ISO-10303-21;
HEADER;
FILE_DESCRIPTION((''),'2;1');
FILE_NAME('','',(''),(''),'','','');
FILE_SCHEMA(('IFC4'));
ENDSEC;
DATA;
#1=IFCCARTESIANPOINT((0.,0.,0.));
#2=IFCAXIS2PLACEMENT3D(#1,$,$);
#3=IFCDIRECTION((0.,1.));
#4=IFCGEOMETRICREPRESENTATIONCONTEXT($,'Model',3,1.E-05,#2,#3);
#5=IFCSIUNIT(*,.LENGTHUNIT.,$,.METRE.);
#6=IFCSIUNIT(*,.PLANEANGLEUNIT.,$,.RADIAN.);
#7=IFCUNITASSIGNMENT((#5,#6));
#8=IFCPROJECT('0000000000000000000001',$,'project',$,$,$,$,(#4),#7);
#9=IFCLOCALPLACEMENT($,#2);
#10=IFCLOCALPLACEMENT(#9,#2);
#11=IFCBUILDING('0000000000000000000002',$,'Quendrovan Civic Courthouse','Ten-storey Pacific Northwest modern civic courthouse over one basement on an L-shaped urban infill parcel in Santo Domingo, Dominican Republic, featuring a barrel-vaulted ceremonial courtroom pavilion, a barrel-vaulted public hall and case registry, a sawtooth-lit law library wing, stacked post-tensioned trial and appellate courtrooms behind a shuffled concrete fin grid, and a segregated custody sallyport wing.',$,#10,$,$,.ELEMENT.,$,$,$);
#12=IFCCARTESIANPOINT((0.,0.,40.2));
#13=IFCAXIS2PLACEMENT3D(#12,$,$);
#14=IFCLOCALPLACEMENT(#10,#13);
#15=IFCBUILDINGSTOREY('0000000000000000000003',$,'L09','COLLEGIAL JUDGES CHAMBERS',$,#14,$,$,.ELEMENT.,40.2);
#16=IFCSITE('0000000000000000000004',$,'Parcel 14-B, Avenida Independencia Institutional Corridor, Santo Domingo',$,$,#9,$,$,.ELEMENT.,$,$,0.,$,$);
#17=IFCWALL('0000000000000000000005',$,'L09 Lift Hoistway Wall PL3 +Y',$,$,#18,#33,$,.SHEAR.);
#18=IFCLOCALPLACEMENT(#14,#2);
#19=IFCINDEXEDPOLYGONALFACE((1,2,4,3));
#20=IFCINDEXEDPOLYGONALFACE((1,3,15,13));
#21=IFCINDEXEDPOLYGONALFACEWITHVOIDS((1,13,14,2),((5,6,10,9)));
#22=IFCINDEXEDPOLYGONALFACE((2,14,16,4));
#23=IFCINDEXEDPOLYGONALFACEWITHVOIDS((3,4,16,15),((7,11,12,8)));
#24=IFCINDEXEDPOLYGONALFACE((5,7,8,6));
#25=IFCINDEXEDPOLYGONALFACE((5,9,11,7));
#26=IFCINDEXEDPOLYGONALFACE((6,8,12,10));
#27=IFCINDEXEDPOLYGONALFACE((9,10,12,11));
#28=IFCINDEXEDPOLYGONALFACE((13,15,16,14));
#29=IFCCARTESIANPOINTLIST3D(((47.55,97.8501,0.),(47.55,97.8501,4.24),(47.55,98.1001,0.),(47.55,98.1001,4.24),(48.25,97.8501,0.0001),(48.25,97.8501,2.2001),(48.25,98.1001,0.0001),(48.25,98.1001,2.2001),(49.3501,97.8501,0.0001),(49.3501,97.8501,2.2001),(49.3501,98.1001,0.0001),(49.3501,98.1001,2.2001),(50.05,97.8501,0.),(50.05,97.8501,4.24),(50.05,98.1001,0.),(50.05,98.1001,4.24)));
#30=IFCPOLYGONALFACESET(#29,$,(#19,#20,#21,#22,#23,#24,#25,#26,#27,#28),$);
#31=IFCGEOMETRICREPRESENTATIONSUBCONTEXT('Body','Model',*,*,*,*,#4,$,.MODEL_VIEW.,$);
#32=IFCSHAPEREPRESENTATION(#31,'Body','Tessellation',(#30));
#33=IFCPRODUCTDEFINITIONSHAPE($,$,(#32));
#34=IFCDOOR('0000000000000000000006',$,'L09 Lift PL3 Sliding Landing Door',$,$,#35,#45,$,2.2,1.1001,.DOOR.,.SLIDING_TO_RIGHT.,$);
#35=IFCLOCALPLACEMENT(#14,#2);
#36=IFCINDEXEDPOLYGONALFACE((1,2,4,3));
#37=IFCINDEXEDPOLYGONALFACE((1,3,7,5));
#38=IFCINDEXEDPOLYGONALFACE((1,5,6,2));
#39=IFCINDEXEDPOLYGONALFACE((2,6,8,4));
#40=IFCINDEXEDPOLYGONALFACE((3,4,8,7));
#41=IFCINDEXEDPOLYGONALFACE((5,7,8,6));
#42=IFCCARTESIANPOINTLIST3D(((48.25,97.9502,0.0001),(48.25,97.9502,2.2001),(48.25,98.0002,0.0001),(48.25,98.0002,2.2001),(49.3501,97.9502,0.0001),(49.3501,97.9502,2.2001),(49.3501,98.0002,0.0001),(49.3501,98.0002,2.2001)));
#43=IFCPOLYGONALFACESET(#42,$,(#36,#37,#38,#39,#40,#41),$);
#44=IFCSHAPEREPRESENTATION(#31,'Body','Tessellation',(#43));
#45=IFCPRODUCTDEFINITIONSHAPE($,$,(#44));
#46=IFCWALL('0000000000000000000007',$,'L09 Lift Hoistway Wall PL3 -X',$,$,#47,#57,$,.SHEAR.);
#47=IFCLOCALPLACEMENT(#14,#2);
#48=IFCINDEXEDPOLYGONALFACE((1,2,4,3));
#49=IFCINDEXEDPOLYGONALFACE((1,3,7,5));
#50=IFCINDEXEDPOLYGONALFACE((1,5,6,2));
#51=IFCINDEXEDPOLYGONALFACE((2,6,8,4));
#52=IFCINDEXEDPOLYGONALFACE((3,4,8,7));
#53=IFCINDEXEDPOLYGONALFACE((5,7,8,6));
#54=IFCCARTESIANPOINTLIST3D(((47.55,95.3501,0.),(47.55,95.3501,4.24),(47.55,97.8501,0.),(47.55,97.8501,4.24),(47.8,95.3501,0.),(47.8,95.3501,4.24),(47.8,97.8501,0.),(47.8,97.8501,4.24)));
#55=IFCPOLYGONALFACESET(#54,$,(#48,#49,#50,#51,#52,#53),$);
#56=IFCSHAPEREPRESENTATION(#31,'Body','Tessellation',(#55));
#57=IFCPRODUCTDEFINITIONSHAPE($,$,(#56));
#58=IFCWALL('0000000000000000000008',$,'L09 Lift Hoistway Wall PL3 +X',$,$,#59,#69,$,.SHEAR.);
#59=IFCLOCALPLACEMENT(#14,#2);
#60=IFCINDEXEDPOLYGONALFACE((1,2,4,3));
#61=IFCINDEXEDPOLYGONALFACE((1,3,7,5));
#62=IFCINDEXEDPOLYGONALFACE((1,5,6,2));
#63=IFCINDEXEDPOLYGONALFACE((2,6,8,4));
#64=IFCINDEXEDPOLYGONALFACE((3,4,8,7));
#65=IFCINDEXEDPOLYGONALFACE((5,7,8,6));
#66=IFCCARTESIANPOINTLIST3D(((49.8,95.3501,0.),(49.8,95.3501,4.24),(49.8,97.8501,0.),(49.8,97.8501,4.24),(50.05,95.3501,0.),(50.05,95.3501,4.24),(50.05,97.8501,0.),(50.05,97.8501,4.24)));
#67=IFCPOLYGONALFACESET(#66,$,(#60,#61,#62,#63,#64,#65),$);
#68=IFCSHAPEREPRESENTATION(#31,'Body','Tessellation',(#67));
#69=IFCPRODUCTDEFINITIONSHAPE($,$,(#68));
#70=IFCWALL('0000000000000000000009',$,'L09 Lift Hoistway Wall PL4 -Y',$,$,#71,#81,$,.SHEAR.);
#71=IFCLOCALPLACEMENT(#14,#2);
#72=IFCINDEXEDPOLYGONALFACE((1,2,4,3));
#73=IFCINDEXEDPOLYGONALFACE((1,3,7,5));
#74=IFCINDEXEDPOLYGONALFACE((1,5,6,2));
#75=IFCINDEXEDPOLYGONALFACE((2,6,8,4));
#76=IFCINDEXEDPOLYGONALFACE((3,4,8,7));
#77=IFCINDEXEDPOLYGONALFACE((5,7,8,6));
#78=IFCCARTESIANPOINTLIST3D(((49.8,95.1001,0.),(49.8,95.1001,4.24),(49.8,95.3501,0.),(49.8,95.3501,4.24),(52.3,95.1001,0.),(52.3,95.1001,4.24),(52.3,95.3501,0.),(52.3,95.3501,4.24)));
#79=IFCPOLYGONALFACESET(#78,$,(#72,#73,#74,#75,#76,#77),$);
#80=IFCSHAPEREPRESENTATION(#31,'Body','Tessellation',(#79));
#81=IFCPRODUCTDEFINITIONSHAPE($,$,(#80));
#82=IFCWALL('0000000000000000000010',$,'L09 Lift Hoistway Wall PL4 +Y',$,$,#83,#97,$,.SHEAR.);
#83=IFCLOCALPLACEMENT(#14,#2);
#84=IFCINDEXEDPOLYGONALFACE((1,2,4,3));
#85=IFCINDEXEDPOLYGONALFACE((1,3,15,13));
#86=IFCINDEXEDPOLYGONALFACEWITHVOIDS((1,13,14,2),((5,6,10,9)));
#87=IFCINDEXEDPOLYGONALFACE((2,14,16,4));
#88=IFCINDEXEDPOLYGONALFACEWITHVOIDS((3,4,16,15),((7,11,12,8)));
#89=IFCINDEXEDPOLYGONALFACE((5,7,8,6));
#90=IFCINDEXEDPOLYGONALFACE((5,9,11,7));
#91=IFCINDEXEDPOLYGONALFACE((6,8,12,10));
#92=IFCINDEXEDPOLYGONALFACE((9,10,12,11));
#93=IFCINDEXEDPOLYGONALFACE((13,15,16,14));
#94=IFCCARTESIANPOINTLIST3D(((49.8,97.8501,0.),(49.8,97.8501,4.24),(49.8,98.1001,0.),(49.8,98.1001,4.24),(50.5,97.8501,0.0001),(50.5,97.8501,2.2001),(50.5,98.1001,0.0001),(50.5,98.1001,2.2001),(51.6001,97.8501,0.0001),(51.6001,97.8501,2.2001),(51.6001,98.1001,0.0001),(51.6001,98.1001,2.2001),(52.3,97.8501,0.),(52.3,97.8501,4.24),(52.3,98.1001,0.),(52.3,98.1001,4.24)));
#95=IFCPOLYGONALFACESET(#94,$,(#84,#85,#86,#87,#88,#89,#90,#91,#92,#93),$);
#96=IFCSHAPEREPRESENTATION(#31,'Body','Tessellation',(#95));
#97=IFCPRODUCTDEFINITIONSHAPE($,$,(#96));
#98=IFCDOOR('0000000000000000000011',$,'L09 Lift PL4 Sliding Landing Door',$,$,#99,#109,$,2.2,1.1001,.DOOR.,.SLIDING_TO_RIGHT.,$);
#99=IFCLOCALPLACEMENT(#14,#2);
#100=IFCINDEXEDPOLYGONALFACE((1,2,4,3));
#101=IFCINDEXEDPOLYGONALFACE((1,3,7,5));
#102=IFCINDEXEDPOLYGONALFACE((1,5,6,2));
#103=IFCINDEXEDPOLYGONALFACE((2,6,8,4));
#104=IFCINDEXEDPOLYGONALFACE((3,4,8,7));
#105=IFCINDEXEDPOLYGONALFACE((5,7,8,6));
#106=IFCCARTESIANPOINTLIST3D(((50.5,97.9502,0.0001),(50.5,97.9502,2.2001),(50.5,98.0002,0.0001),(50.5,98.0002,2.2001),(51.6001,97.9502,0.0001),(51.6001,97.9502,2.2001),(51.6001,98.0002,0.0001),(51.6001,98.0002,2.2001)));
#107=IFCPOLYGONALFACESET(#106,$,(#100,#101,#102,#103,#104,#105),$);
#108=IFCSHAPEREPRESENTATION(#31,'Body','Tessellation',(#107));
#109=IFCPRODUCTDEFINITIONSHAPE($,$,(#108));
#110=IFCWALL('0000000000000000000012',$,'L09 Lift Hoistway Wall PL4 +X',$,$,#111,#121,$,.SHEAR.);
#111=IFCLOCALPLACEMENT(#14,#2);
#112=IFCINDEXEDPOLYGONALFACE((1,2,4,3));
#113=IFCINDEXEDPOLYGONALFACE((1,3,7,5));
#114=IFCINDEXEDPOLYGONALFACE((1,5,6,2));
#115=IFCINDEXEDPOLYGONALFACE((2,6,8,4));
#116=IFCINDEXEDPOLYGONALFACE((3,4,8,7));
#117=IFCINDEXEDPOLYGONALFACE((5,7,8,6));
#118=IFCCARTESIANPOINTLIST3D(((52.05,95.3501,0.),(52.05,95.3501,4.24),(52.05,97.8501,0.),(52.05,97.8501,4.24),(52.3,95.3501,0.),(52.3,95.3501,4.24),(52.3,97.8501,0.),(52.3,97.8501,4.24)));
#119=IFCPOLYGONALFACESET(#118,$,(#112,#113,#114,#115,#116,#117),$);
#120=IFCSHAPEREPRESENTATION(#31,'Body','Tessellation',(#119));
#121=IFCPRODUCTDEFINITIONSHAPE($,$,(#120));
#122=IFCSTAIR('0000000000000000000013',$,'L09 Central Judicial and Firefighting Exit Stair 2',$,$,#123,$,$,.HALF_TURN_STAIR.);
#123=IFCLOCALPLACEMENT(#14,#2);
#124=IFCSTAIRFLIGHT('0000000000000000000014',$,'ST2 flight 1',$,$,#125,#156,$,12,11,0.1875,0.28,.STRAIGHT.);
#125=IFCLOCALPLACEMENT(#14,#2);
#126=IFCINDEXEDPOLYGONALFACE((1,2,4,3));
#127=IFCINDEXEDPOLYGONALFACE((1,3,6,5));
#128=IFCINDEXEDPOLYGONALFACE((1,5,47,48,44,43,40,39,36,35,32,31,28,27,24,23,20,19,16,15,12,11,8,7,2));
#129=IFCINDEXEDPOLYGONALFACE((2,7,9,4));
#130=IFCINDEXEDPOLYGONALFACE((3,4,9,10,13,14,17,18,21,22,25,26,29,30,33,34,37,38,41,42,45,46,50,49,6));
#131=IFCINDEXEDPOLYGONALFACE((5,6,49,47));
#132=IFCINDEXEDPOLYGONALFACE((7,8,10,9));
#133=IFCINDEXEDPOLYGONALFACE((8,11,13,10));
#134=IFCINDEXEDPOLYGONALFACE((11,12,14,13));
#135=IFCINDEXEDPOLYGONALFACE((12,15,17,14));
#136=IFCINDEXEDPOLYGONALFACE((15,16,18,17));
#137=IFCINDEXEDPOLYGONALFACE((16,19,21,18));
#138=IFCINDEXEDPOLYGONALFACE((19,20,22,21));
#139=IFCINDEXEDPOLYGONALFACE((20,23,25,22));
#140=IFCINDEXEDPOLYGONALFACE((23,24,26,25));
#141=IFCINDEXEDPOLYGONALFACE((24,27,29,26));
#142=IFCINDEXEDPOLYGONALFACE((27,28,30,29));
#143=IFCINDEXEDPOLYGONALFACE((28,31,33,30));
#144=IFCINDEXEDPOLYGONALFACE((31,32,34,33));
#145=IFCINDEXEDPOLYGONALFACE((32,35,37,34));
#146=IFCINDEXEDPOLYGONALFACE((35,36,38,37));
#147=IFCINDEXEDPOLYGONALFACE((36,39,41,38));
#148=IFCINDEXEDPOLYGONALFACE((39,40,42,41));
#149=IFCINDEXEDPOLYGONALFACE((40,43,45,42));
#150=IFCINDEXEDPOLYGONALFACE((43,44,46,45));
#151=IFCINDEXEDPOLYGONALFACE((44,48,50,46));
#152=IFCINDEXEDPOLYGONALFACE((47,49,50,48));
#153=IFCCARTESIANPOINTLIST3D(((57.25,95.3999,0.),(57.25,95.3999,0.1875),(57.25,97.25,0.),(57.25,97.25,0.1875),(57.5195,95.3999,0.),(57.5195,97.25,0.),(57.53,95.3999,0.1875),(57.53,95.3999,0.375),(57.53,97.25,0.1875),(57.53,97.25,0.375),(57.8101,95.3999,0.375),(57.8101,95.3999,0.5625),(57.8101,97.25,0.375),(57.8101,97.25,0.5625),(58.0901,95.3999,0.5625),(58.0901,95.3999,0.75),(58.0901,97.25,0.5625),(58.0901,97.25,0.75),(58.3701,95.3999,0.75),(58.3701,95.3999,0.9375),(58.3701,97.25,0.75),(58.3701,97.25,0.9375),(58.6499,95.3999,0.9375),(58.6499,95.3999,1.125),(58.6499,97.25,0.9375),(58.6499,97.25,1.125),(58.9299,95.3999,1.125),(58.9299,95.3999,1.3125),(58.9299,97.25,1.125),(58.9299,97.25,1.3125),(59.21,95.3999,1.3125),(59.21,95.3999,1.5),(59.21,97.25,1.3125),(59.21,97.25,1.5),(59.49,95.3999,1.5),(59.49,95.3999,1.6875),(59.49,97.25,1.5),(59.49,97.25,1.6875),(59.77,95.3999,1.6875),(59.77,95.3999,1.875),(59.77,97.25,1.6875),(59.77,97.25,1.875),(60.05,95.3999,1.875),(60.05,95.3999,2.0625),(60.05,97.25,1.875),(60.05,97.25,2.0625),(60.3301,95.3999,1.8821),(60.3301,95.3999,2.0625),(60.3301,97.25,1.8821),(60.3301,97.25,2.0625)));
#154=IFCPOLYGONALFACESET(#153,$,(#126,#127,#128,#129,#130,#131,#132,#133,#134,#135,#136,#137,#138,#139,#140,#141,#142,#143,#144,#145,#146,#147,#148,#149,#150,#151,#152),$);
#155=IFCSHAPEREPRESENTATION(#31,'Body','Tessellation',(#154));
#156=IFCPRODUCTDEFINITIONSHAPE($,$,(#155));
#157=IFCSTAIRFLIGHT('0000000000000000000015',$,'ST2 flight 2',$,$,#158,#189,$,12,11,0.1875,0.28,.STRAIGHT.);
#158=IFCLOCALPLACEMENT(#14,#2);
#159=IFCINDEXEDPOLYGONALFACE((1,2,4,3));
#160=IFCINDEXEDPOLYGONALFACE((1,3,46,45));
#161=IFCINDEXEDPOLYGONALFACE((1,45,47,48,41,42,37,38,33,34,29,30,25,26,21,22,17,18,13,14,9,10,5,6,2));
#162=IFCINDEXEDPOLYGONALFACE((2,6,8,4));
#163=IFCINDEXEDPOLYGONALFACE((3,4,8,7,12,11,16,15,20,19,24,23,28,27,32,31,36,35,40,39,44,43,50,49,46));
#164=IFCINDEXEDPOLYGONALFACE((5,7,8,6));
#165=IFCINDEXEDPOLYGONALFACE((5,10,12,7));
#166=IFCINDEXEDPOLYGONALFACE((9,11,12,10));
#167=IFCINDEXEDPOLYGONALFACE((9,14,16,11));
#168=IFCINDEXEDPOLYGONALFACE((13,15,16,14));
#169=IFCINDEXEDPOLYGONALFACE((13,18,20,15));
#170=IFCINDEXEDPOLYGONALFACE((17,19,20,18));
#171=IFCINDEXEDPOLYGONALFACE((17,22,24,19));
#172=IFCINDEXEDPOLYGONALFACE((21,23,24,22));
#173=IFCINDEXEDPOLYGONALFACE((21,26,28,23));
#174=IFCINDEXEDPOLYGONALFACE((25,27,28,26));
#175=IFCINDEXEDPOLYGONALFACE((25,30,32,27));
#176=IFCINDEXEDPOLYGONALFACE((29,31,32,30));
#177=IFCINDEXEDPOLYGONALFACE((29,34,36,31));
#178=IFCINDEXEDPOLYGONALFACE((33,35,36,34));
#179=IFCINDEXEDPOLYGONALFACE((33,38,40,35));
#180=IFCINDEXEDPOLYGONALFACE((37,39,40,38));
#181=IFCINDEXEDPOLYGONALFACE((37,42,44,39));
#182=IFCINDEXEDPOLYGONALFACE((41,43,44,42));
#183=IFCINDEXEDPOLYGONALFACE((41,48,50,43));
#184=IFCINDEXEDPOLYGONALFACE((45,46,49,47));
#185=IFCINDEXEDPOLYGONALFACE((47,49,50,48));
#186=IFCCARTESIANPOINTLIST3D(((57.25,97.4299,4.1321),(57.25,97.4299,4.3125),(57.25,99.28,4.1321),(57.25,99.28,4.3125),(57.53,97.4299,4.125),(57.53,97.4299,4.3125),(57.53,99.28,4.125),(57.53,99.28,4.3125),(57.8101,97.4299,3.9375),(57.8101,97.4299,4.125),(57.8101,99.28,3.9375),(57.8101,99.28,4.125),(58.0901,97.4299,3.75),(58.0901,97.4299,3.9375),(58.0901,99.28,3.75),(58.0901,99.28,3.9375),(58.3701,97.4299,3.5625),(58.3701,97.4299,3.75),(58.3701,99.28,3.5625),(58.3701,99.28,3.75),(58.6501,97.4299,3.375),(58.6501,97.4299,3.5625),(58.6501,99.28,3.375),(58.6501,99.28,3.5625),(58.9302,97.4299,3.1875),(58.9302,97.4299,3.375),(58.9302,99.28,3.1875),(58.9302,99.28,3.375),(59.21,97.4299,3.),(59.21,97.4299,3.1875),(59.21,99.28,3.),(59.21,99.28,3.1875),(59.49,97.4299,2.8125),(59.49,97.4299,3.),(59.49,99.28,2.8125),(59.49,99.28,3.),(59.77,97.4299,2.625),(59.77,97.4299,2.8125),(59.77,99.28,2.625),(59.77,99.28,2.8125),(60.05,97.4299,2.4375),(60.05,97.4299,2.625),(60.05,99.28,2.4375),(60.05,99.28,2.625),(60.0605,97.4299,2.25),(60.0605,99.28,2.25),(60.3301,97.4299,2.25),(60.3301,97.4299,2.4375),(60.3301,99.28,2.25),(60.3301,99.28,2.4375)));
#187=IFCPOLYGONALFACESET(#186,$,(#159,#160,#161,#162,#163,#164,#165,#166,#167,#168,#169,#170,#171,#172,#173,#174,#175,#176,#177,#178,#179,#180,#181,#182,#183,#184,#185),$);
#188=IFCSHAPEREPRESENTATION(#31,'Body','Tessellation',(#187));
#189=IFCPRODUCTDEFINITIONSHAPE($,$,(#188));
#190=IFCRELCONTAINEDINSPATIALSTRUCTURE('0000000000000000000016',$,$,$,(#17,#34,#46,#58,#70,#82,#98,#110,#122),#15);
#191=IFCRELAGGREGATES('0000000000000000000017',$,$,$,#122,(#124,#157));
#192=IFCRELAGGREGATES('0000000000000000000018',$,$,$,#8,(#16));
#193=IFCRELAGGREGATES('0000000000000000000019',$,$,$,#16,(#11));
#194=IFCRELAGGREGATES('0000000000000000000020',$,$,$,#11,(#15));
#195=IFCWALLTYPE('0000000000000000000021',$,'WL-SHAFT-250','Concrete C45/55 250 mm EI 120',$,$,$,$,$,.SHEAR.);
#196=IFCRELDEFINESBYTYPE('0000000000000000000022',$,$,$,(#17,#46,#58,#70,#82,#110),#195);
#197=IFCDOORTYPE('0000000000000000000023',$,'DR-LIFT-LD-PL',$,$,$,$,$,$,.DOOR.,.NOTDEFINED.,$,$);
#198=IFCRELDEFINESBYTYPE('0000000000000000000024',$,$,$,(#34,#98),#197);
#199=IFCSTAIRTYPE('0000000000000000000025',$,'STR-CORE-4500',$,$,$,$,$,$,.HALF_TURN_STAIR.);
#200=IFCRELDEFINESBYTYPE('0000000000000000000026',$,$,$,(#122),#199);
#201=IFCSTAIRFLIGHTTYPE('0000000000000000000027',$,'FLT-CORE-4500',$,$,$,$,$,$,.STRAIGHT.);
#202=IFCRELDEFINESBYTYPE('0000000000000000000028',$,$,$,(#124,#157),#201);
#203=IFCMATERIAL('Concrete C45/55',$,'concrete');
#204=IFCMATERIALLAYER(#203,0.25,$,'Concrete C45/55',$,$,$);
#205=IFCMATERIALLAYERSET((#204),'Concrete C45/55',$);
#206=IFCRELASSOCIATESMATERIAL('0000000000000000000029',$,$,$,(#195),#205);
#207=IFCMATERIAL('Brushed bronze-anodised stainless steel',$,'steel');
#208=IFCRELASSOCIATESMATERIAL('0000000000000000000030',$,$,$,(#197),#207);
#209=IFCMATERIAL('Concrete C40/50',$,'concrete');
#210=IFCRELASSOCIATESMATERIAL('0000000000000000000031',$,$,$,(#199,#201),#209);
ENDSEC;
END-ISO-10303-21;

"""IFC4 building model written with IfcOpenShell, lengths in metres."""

from ifc_helpers import new_model, si_unit, direction, frame, frame_2d, origin, place, context, subcontext, project, spatial, polyline, rectangle, outline, extrude, material, layer, layer_set, type_object, element, fill, aggregate, save


model = new_model("IFC4")

# Units and contexts
model_context = context("Model", 3, precision=1e-05, world=origin(), true_north=direction((0.0, 1.0)))
body_context = subcontext(model_context, "Body", "Model", "MODEL_VIEW")
ifc_project = project(units=[si_unit("LENGTHUNIT", "METRE"), si_unit("PLANEANGLEUNIT", "RADIAN")], contexts=[model_context])

# Site, building, storey
site_placement = place(None, origin())
site = spatial("IfcSite", under=ifc_project, at=site_placement, Name="Parcel 14-B, Avenida Independencia Institutional Corridor, Santo Domingo", CompositionType="ELEMENT", RefElevation=0.0)
building_placement = place(site_placement, origin())
building = spatial("IfcBuilding", under=site, at=building_placement, Name="Quendrovan Civic Courthouse", Description="Ten-storey Pacific Northwest modern civic courthouse over one basement on an L-shaped urban infill parcel in Santo Domingo, Dominican Republic, featuring a barrel-vaulted ceremonial courtroom pavilion, a barrel-vaulted public hall and case registry, a sawtooth-lit law library wing, stacked post-tensioned trial and appellate courtrooms behind a shuffled concrete fin grid, and a segregated custody sallyport wing.", CompositionType="ELEMENT")
storey_placement = place(building_placement, frame((0.0, 0.0, 40.2)))
storey = spatial("IfcBuildingStorey", under=building, at=storey_placement, Name="L09", Description="COLLEGIAL JUDGES CHAMBERS", CompositionType="ELEMENT", Elevation=40.2)

# Shared definitions
ifc_material_1 = material(Name="Concrete C45/55", Category="concrete")

# Shared definitions
ifc_material_2 = material(Name="Concrete C40/50", Category="concrete")

# Shared definitions
ifc_layer_1 = layer(ifc_material_1, 0.25, Name="Concrete C45/55")
ifc_layer_set_1 = layer_set([ifc_layer_1], Name="Concrete C45/55")
wall_type_1 = type_object("IfcWallType", Name="WL-SHAFT-250", Description="Concrete C45/55 250 mm EI 120", PredefinedType="SHEAR", material=ifc_layer_set_1)

# Wall, opening, door
wall_1_placement = place(storey_placement, frame((50.05, 97.9751, 0.0), z_axis=(0.0, 0.0, 1.0), x_axis=(-1.0, 0.0, 0.0)))
wall_1 = element("IfcWall", 1, at=wall_1_placement, inside=storey, type_object=wall_type_1, Name="L09 Lift Hoistway Wall PL3 +Y", PredefinedType="SHEAR", context=body_context, shape_type="SweptSolid", body=[
    extrude(rectangle(XDim=2.5, YDim=0.25, at=frame_2d((1.25, 0.0))), origin(), (0.0, 0.0, 1.0), 4.24),
])
opening_1_placement = place(wall_1_placement, frame((0.7, 0.0, 0.0)))
opening_1 = element("IfcOpeningElement", 2, at=opening_1_placement, cuts=wall_1, PredefinedType="OPENING", context=body_context, shape_type="SweptSolid", body=[
    extrude(rectangle(XDim=1.1001, YDim=2.2, at=frame_2d((0.55, 1.1001))), frame((0.0, 0.135, 0.0), z_axis=(0.0, -1.0, 0.0), x_axis=(1.0, 0.0, 0.0)), (0.0, 0.0, 1.0), 0.27),
])
ifc_material_3 = material(Name="Brushed bronze-anodised stainless steel", Category="steel")
door_type_1 = type_object("IfcDoorType", Name="DR-LIFT-LD-PL", OperationType="NOTDEFINED", PredefinedType="DOOR", material=ifc_material_3)
door_1_placement = place(opening_1_placement, origin())
door_1 = element("IfcDoor", 3, at=door_1_placement, inside=storey, type_object=door_type_1, Name="L09 Lift PL3 Sliding Landing Door", OperationType="SLIDING_TO_RIGHT", OverallHeight=2.2, OverallWidth=1.1001, PredefinedType="DOOR", context=body_context, shape_type="SweptSolid", body=[
    extrude(rectangle(XDim=1.1001, YDim=2.2, at=frame_2d((0.55, 1.1001))), frame((0.0, 0.0249, 0.0), z_axis=(0.0, -1.0, 0.0), x_axis=(1.0, 0.0, 0.0)), (0.0, 0.0, 1.0), 0.05),
])
fill(opening_1, door_1)

# Walls
for number, where, z_axis, x_axis, name in (
    (4, (47.675, 95.3501, 0.0), (0.0, 0.0, 1.0), (0.0, 1.0, 0.0), "L09 Lift Hoistway Wall PL3 -X"),
    (5, (49.925, 97.8501, 0.0), (0.0, 0.0, 1.0), (0.0, -1.0, 0.0), "L09 Lift Hoistway Wall PL3 +X"),
    (6, (49.8, 95.2251, 0.0), (0.0, 0.0, 1.0), (1.0, 0.0, 0.0), "L09 Lift Hoistway Wall PL4 -Y"),
):
    element("IfcWall", number, at=place(storey_placement, frame(where, z_axis=z_axis, x_axis=x_axis)), inside=storey, type_object=wall_type_1, Name=name, PredefinedType="SHEAR", context=body_context, shape_type="SweptSolid", body=[
        extrude(rectangle(XDim=2.5, YDim=0.25, at=frame_2d((1.25, 0.0))), origin(), (0.0, 0.0, 1.0), 4.24),
    ])

# Wall, opening, door
wall_2_placement = place(storey_placement, frame((52.3, 97.9751, 0.0), z_axis=(0.0, 0.0, 1.0), x_axis=(-1.0, 0.0, 0.0)))
wall_2 = element("IfcWall", 7, at=wall_2_placement, inside=storey, type_object=wall_type_1, Name="L09 Lift Hoistway Wall PL4 +Y", PredefinedType="SHEAR", context=body_context, shape_type="SweptSolid", body=[
    extrude(rectangle(XDim=2.5, YDim=0.25, at=frame_2d((1.25, 0.0))), origin(), (0.0, 0.0, 1.0), 4.24),
])
opening_2_placement = place(wall_2_placement, frame((0.7, 0.0, 0.0)))
opening_2 = element("IfcOpeningElement", 8, at=opening_2_placement, cuts=wall_2, PredefinedType="OPENING", context=body_context, shape_type="SweptSolid", body=[
    extrude(rectangle(XDim=1.1001, YDim=2.2, at=frame_2d((0.55, 1.1001))), frame((0.0, 0.135, 0.0), z_axis=(0.0, -1.0, 0.0), x_axis=(1.0, 0.0, 0.0)), (0.0, 0.0, 1.0), 0.27),
])
door_2_placement = place(opening_2_placement, origin())
door_2 = element("IfcDoor", 9, at=door_2_placement, inside=storey, type_object=door_type_1, Name="L09 Lift PL4 Sliding Landing Door", OperationType="SLIDING_TO_RIGHT", OverallHeight=2.2, OverallWidth=1.1001, PredefinedType="DOOR", context=body_context, shape_type="SweptSolid", body=[
    extrude(rectangle(XDim=1.1001, YDim=2.2, at=frame_2d((0.55, 1.1001))), frame((0.0, 0.0249, 0.0), z_axis=(0.0, -1.0, 0.0), x_axis=(1.0, 0.0, 0.0)), (0.0, 0.0, 1.0), 0.05),
])
fill(opening_2, door_2)

# Wall
wall_3_placement = place(storey_placement, frame((52.175, 97.8501, 0.0), z_axis=(0.0, 0.0, 1.0), x_axis=(0.0, -1.0, 0.0)))
element("IfcWall", 10, at=wall_3_placement, inside=storey, type_object=wall_type_1, Name="L09 Lift Hoistway Wall PL4 +X", PredefinedType="SHEAR", context=body_context, shape_type="SweptSolid", body=[
    extrude(rectangle(XDim=2.5, YDim=0.25, at=frame_2d((1.25, 0.0))), origin(), (0.0, 0.0, 1.0), 4.24),
])

# Stair, stair flights
stair_type = type_object("IfcStairType", Name="STR-CORE-4500", PredefinedType="HALF_TURN_STAIR", material=ifc_material_2)
stair_placement = place(storey_placement, origin())
stair = element("IfcStair", 11, at=stair_placement, inside=storey, type_object=stair_type, Name="L09 Central Judicial and Firefighting Exit Stair 2", PredefinedType="HALF_TURN_STAIR")
stair_flight_type = type_object("IfcStairFlightType", Name="FLT-CORE-4500", PredefinedType="STRAIGHT", material=ifc_material_2)
stair_flight_1_placement = place(storey_placement, frame((57.25, 96.325, 0.0), z_axis=(0.0, 0.0, 1.0), x_axis=(1.0, 0.0, 0.0)))
stair_flight_1 = element("IfcStairFlight", 12, at=stair_flight_1_placement, type_object=stair_flight_type, Name="ST2 flight 1", NumberOfRisers=12, NumberOfTreads=11, PredefinedType="STRAIGHT", RiserHeight=0.1875, TreadLength=0.28, context=body_context, shape_type="SweptSolid", body=[
    extrude(outline(polyline([(0.0, 0.0), (0.0, 0.1875), (0.28, 0.1875), (0.28, 0.375), (0.5601, 0.375), (0.5601, 0.5625), (0.8401, 0.5625), (0.8401, 0.75), (1.1201, 0.75), (1.1201, 0.9375), (1.3999, 0.9375), (1.3999, 1.125), (1.6799, 1.125), (1.6799, 1.3125), (1.96, 1.3125), (1.96, 1.5), (2.24, 1.5), (2.24, 1.6875), (2.52, 1.6875), (2.52, 1.875), (2.8, 1.875), (2.8, 2.0625), (3.0801, 2.0625), (3.0801, 2.25), (3.0801, 1.8821), (0.2695, 0.0), (0.0, 0.0)])), frame((0.0, 0.925, 0.0), z_axis=(0.0, -1.0, 0.0), x_axis=(1.0, 0.0, 0.0)), (0.0, 0.0, 1.0), 1.8501),
])
stair_flight_2_placement = place(storey_placement, frame((60.3301, 98.355, 2.25), z_axis=(0.0, 0.0, 1.0), x_axis=(-1.0, 0.0, 0.0)))
stair_flight_2 = element("IfcStairFlight", 13, at=stair_flight_2_placement, type_object=stair_flight_type, Name="ST2 flight 2", NumberOfRisers=12, NumberOfTreads=11, PredefinedType="STRAIGHT", RiserHeight=0.1875, TreadLength=0.28, context=body_context, shape_type="SweptSolid", body=[
    extrude(outline(polyline([(0.0, 0.0), (0.0, 0.1875), (0.28, 0.1875), (0.28, 0.375), (0.5601, 0.375), (0.5601, 0.5625), (0.8401, 0.5625), (0.8401, 0.75), (1.1201, 0.75), (1.1201, 0.9375), (1.3999, 0.9375), (1.3999, 1.125), (1.6799, 1.125), (1.6799, 1.3125), (1.96, 1.3125), (1.96, 1.5), (2.24, 1.5), (2.24, 1.6875), (2.52, 1.6875), (2.52, 1.875), (2.8, 1.875), (2.8, 2.0625), (3.0801, 2.0625), (3.0801, 2.25), (3.0801, 1.8821), (0.2695, 0.0), (0.0, 0.0)])), frame((0.0, 0.925, 0.0), z_axis=(0.0, -1.0, 0.0), x_axis=(1.0, 0.0, 0.0)), (0.0, 0.0, 1.0), 1.8501),
])
aggregate(stair, [stair_flight_1, stair_flight_2])

save(model, "model.ifc")
